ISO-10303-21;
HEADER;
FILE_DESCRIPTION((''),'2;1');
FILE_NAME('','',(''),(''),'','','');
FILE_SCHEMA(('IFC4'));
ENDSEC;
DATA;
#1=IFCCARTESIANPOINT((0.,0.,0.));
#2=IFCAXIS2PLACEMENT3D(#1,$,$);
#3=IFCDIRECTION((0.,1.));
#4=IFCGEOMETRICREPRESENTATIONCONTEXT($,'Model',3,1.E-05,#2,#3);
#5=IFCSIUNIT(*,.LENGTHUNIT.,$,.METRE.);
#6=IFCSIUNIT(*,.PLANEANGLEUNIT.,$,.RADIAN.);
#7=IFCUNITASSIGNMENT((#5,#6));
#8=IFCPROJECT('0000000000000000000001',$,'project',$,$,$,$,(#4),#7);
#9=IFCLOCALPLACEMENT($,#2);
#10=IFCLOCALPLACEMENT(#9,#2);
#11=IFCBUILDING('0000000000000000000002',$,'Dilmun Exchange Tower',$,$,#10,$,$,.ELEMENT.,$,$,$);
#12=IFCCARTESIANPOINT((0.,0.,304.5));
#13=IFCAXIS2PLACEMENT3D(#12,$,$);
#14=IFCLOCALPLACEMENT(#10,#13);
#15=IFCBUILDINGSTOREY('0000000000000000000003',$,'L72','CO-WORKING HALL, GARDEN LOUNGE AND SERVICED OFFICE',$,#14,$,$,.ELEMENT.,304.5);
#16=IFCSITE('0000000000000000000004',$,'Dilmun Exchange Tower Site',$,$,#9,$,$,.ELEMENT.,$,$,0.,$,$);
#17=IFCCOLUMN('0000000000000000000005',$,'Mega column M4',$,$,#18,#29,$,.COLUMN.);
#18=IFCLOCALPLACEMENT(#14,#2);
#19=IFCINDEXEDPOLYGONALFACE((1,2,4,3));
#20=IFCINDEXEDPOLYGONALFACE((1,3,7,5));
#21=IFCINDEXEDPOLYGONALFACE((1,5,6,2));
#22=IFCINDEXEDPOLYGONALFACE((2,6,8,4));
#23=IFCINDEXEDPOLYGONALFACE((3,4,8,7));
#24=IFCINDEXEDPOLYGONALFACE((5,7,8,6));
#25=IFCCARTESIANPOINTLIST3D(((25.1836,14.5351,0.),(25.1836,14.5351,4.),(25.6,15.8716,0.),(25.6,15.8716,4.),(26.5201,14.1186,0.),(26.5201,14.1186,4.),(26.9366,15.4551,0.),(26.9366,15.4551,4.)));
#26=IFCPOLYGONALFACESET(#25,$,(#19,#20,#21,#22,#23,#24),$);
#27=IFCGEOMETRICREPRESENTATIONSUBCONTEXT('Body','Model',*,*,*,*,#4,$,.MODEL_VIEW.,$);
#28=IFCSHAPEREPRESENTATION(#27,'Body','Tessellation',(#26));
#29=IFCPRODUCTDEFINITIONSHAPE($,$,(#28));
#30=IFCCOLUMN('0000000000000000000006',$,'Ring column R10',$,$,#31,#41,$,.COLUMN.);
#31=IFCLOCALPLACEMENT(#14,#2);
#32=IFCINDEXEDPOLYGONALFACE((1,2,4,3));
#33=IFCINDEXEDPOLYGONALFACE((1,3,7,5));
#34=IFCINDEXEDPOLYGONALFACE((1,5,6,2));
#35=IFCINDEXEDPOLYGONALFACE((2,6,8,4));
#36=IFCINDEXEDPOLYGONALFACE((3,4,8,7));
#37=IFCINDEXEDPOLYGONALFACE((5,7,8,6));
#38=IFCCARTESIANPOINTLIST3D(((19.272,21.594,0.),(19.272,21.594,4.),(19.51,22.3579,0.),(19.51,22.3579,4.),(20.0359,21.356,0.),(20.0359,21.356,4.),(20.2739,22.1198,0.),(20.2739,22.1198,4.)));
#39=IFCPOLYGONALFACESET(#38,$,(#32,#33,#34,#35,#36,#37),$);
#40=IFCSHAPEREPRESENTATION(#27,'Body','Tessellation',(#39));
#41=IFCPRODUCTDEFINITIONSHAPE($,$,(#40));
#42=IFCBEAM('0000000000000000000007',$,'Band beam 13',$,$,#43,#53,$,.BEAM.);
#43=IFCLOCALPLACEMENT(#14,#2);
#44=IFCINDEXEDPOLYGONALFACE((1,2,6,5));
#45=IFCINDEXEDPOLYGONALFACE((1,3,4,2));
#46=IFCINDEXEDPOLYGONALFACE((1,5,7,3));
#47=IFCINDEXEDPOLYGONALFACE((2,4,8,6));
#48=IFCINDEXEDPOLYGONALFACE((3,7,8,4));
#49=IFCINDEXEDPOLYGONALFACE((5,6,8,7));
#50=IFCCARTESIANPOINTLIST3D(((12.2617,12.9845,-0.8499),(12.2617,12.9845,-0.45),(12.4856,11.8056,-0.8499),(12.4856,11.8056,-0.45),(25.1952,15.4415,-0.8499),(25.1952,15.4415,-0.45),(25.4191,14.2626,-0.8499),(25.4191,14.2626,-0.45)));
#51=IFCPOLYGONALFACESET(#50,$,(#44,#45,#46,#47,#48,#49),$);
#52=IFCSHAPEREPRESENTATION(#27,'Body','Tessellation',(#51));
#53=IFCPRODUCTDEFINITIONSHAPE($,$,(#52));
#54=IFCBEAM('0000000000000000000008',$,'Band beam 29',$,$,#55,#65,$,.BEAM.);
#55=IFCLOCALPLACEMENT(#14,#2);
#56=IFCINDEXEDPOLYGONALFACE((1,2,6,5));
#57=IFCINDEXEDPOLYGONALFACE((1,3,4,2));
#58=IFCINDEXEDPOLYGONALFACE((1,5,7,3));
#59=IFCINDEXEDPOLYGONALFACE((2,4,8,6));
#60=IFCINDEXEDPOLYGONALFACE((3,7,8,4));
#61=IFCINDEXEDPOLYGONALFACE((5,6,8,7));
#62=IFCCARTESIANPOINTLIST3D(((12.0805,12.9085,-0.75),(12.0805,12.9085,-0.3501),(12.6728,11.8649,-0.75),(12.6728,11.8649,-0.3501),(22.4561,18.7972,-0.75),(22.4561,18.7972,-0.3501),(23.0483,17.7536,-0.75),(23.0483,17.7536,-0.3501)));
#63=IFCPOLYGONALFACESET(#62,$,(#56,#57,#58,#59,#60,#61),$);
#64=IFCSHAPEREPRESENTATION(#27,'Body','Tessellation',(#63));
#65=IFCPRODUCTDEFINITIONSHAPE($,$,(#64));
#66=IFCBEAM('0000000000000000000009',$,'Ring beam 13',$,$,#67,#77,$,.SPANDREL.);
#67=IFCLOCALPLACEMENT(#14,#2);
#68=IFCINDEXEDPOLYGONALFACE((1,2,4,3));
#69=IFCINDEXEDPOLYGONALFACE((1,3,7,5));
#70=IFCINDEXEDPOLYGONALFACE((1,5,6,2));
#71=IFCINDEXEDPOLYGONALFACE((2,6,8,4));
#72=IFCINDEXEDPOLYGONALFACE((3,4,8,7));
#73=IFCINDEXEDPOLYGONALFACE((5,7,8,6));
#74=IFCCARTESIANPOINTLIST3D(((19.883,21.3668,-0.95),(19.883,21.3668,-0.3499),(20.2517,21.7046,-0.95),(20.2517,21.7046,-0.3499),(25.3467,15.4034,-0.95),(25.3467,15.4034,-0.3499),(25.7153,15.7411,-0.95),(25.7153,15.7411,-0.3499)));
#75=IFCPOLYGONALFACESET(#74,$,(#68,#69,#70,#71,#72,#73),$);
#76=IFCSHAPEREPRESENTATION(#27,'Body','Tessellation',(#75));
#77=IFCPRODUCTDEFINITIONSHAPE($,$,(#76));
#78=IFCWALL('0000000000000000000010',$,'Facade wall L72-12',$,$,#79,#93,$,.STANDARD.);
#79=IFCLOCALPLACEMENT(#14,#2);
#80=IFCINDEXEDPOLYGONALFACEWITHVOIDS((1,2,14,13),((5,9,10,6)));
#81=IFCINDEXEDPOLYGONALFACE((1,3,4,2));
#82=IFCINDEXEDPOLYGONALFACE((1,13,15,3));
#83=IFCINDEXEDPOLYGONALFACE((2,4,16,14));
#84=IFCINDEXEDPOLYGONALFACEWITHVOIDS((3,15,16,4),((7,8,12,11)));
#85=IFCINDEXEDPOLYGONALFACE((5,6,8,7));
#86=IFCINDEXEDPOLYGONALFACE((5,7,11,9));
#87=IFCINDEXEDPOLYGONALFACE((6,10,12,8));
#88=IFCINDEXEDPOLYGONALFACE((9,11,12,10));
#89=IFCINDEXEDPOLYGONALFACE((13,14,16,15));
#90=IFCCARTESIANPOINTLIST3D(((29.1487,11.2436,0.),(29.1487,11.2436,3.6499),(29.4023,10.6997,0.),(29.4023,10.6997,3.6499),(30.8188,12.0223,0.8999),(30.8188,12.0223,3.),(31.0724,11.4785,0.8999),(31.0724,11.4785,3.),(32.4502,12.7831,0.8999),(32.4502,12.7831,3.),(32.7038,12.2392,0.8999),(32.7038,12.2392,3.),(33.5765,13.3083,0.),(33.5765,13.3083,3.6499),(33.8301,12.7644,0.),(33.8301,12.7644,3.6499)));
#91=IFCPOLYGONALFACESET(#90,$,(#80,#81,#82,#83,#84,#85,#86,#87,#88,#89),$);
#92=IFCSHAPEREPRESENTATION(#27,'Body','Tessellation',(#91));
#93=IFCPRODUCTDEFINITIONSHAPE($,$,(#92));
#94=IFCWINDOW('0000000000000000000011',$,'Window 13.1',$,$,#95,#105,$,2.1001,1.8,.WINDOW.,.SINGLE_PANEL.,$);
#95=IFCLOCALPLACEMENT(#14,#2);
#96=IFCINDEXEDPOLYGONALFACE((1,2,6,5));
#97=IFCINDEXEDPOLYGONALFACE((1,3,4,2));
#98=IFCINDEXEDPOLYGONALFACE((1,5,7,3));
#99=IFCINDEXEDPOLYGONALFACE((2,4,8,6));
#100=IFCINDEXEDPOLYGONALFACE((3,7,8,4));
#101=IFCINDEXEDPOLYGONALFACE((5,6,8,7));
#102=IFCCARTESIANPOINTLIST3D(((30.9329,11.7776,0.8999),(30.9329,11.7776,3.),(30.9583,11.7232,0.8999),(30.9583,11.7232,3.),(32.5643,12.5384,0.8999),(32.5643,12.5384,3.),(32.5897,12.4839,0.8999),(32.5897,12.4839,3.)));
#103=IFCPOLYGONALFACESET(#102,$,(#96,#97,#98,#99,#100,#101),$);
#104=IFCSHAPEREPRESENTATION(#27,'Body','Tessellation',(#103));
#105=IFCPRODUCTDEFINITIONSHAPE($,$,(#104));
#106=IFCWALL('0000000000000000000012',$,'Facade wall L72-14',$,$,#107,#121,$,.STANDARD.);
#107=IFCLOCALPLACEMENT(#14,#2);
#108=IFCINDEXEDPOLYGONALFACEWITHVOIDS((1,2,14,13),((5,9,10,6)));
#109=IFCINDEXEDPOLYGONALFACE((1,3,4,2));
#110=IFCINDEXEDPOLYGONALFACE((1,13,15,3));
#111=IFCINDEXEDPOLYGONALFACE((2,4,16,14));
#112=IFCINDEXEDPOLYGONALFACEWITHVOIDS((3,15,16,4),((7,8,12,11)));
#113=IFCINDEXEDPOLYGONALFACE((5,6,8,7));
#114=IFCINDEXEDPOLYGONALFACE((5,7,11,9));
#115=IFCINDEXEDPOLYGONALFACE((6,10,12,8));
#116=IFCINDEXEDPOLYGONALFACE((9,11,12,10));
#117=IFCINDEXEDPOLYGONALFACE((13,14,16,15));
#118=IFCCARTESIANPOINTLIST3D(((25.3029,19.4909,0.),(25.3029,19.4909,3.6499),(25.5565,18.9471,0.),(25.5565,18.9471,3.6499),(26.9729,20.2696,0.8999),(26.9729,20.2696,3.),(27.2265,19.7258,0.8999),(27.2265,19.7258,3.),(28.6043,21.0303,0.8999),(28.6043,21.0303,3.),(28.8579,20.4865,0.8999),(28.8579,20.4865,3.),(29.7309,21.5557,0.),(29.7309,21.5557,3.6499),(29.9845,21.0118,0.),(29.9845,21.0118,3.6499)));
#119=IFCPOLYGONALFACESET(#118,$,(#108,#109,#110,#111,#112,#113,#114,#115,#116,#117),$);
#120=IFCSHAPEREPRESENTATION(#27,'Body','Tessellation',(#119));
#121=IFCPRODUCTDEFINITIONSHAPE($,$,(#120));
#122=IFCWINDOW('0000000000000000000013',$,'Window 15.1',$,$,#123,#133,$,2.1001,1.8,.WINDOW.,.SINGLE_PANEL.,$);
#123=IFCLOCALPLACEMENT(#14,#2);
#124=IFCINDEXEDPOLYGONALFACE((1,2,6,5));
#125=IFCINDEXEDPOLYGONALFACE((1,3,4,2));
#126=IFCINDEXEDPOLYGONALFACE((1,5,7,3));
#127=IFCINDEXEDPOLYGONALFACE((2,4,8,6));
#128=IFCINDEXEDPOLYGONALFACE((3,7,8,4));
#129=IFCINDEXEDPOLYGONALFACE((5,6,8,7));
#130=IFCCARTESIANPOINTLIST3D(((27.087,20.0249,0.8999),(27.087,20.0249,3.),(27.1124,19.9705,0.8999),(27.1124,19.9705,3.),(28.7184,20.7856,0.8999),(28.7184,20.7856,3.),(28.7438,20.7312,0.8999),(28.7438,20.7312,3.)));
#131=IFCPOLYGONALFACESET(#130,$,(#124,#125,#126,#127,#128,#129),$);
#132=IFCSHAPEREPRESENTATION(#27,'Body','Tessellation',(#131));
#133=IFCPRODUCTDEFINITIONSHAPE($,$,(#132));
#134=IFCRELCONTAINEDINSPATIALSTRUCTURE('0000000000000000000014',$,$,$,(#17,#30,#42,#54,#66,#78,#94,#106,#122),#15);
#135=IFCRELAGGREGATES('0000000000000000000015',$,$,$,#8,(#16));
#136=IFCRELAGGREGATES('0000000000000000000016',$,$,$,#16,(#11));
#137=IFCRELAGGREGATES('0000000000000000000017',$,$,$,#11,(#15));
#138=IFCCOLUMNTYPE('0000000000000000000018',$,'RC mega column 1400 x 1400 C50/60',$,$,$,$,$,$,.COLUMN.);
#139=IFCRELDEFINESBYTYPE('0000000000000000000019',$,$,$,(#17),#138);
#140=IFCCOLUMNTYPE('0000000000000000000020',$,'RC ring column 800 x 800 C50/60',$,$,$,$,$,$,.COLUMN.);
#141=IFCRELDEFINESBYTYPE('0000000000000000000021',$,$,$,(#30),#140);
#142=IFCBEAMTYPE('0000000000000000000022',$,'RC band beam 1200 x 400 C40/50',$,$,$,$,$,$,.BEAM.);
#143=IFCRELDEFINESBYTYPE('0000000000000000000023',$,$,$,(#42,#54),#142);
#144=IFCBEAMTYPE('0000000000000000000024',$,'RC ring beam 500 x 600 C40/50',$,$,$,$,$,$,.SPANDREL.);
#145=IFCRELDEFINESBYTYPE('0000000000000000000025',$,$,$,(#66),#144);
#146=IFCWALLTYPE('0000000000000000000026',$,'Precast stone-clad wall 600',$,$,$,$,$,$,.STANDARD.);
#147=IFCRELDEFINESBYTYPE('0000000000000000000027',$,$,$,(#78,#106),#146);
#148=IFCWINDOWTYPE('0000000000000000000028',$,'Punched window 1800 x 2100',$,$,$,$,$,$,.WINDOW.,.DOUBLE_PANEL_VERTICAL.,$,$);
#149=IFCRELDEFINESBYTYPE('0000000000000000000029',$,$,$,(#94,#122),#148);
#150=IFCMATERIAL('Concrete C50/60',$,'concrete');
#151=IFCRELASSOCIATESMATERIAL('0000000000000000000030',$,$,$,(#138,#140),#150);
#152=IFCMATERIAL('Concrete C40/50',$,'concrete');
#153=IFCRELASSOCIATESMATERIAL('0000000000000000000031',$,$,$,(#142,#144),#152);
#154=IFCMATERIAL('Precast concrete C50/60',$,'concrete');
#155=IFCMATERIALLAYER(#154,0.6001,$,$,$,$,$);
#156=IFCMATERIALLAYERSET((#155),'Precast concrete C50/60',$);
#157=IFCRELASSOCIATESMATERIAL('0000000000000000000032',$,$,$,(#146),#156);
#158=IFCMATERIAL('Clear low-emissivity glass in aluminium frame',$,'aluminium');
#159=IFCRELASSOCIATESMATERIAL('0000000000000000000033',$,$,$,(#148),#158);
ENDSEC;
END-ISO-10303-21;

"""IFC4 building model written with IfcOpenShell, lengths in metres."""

from ifc_helpers import new_model, si_unit, direction, frame, frame_2d, origin, origin_2d, place, context, subcontext, project, spatial, rectangle, extrude, material, layer, layer_set, material_profile, profile_set, type_object, element, fill, save


model = new_model("IFC4")

# Units and contexts
model_context = context("Model", 3, precision=1e-05, world=origin(), true_north=direction((0.0, 1.0)))
body_context = subcontext(model_context, "Body", "Model", "MODEL_VIEW")
ifc_project = project(units=[si_unit("LENGTHUNIT", "METRE"), si_unit("PLANEANGLEUNIT", "RADIAN")], contexts=[model_context])

# Site, building, storey
site_placement = place(None, origin())
site = spatial("IfcSite", under=ifc_project, at=site_placement, Name="Dilmun Exchange Tower Site", CompositionType="ELEMENT", RefElevation=0.0)
building_placement = place(site_placement, origin())
building = spatial("IfcBuilding", under=site, at=building_placement, Name="Dilmun Exchange Tower", CompositionType="ELEMENT")
storey_placement = place(building_placement, frame((0.0, 0.0, 304.5)))
storey = spatial("IfcBuildingStorey", under=building, at=storey_placement, Name="L72", Description="CO-WORKING HALL, GARDEN LOUNGE AND SERVICED OFFICE", CompositionType="ELEMENT", Elevation=304.5)

# Columns
ifc_material_1 = material(Name="Concrete C50/60", Category="concrete")
ifc_material_profile_1 = material_profile(ifc_material_1, rectangle(XDim=1.3999, YDim=1.3999, at=origin_2d()), Name="1400 x 1400")
ifc_profile_set_1 = profile_set([ifc_material_profile_1], Name="Concrete C50/60")
column_type_1 = type_object("IfcColumnType", Name="RC mega column 1400 x 1400 C50/60", PredefinedType="COLUMN", material=ifc_profile_set_1)
column_1_placement = place(storey_placement, frame((26.0601, 14.9951, 0.0), z_axis=(0.0, 0.0, 1.0), x_axis=(0.297503, 0.954721, 0.0)))
element("IfcColumn", 1, at=column_1_placement, inside=storey, type_object=column_type_1, Name="Mega column M4", PredefinedType="COLUMN", context=body_context, shape_type="SweptSolid", body=[
    extrude(rectangle(XDim=1.3999, YDim=1.3999, at=origin_2d()), origin(), (0.0, 0.0, 1.0), 4.0),
])
ifc_material_profile_2 = material_profile(ifc_material_1, rectangle(XDim=0.8, YDim=0.8, at=origin_2d()), Name="800 x 800")
ifc_profile_set_2 = profile_set([ifc_material_profile_2], Name="Concrete C50/60")
column_type_2 = type_object("IfcColumnType", Name="RC ring column 800 x 800 C50/60", PredefinedType="COLUMN", material=ifc_profile_set_2)
column_2_placement = place(storey_placement, frame((19.7729, 21.8569, 0.0), z_axis=(0.0, 0.0, 1.0), x_axis=(0.297503, 0.954721, 0.0)))
element("IfcColumn", 2, at=column_2_placement, inside=storey, type_object=column_type_2, Name="Ring column R10", PredefinedType="COLUMN", context=body_context, shape_type="SweptSolid", body=[
    extrude(rectangle(XDim=0.8, YDim=0.8, at=origin_2d()), origin(), (0.0, 0.0, 1.0), 4.0),
])

# Beams
ifc_material_2 = material(Name="Concrete C40/50", Category="concrete")
ifc_material_profile_3 = material_profile(ifc_material_2, rectangle(XDim=1.2, YDim=0.3999, at=origin_2d()), Name="1200 x 400")
ifc_profile_set_3 = profile_set([ifc_material_profile_3], Name="Concrete C40/50")
beam_type_1 = type_object("IfcBeamType", Name="RC band beam 1200 x 400 C40/50", PredefinedType="BEAM", material=ifc_profile_set_3)
beam_1_placement = place(storey_placement, frame((25.3071, 14.8521, -0.6499), z_axis=(-0.982429, -0.186635, 0.0), x_axis=(0.186635, -0.982429, 0.0)))
element("IfcBeam", 3, at=beam_1_placement, inside=storey, type_object=beam_type_1, Name="Band beam 13", PredefinedType="BEAM", context=body_context, shape_type="SweptSolid", body=[
    extrude(rectangle(XDim=1.2, YDim=0.3999, at=origin_2d()), origin(), (0.0, 0.0, 1.0), 13.1648),
])
beam_2_placement = place(storey_placement, frame((22.7522, 18.2754, -0.55), z_axis=(-0.86969, -0.493598, 0.0), x_axis=(0.493598, -0.86969, 0.0)))
element("IfcBeam", 4, at=beam_2_placement, inside=storey, type_object=beam_type_1, Name="Band beam 29", PredefinedType="BEAM", context=body_context, shape_type="SweptSolid", body=[
    extrude(rectangle(XDim=1.2, YDim=0.3999, at=origin_2d()), origin(), (0.0, 0.0, 1.0), 11.9302),
])
ifc_material_profile_4 = material_profile(ifc_material_2, rectangle(XDim=0.5, YDim=0.6001, at=origin_2d()), Name="500 x 600")
ifc_profile_set_4 = profile_set([ifc_material_profile_4], Name="Concrete C40/50")
beam_type_2 = type_object("IfcBeamType", Name="RC ring beam 500 x 600 C40/50", PredefinedType="SPANDREL", material=ifc_profile_set_4)
beam_3_placement = place(storey_placement, frame((25.531, 15.5723, -0.6499), z_axis=(-0.675536, 0.737327, 0.0), x_axis=(-0.737327, -0.675536, 0.0)))
element("IfcBeam", 5, at=beam_3_placement, inside=storey, type_object=beam_type_2, Name="Ring beam 13", PredefinedType="SPANDREL", context=body_context, shape_type="SweptSolid", body=[
    extrude(rectangle(XDim=0.5, YDim=0.6001, at=origin_2d()), origin(), (0.0, 0.0, 1.0), 8.0879),
])

# Walls, openings, windows
ifc_material_3 = material(Name="Precast concrete C50/60", Category="concrete")
ifc_layer = layer(ifc_material_3, 0.6001)
ifc_layer_set = layer_set([ifc_layer], Name="Precast concrete C50/60")
wall_type = type_object("IfcWallType", Name="Precast stone-clad wall 600", PredefinedType="STANDARD", material=ifc_layer_set)
wall_1_placement = place(storey_placement, frame((33.7034, 13.0364, 0.0), z_axis=(0.0, 0.0, 1.0), x_axis=(-0.906307, -0.42262, 0.0)))
wall_1 = element("IfcWall", 6, at=wall_1_placement, inside=storey, type_object=wall_type, Name="Facade wall L72-12", PredefinedType="STANDARD", context=body_context, shape_type="SweptSolid", body=[
    extrude(rectangle(XDim=4.8855, YDim=0.6001, at=frame_2d((2.4429, 0.0))), origin(), (0.0, 0.0, 1.0), 3.6499),
])
opening_1_placement = place(wall_1_placement, frame((1.2429, 0.0, 0.8999)))
opening_1 = element("IfcOpeningElement", 7, at=opening_1_placement, cuts=wall_1, PredefinedType="OPENING", context=body_context, shape_type="SweptSolid", body=[
    extrude(rectangle(XDim=1.8, YDim=2.1001, at=frame_2d((0.8999, 1.05))), frame((0.0, 0.3101, 0.0), z_axis=(0.0, -1.0, 0.0), x_axis=(1.0, 0.0, 0.0)), (0.0, 0.0, 1.0), 0.6201),
])
ifc_material_4 = material(Name="Clear low-emissivity glass in aluminium frame", Category="aluminium")
window_type_1 = type_object("IfcWindowType", Name="Punched window 1800 x 2100", PartitioningType="DOUBLE_PANEL_VERTICAL", PredefinedType="WINDOW", material=ifc_material_4)
window_1_placement = place(opening_1_placement, origin())
window_1 = element("IfcWindow", 8, at=window_1_placement, inside=storey, type_object=window_type_1, Name="Window 13.1", OverallHeight=2.1001, OverallWidth=1.8, PartitioningType="SINGLE_PANEL", PredefinedType="WINDOW", context=body_context, shape_type="SweptSolid", body=[
    extrude(rectangle(XDim=1.8, YDim=2.1001, at=frame_2d((0.8999, 1.05))), frame((0.0, 0.03, 0.0), z_axis=(0.0, -1.0, 0.0), x_axis=(1.0, 0.0, 0.0)), (0.0, 0.0, 1.0), 0.0601),
])
fill(opening_1, window_1)
wall_2_placement = place(storey_placement, frame((25.4297, 19.219, 0.0), z_axis=(0.0, 0.0, 1.0), x_axis=(0.906316, 0.422601, 0.0)))
wall_2 = element("IfcWall", 9, at=wall_2_placement, inside=storey, type_object=wall_type, Name="Facade wall L72-14", PredefinedType="STANDARD", context=body_context, shape_type="SweptSolid", body=[
    extrude(rectangle(XDim=4.8857, YDim=0.6001, at=frame_2d((2.4429, 0.0))), origin(), (0.0, 0.0, 1.0), 3.6499),
])
opening_2_placement = place(wall_2_placement, frame((1.8428, 0.0, 0.8999)))
opening_2 = element("IfcOpeningElement", 10, at=opening_2_placement, cuts=wall_2, PredefinedType="OPENING", context=body_context, shape_type="SweptSolid", body=[
    extrude(rectangle(XDim=1.8, YDim=2.1001, at=frame_2d((0.8999, 1.05))), frame((0.0, 0.3101, 0.0), z_axis=(0.0, -1.0, 0.0), x_axis=(1.0, 0.0, 0.0)), (0.0, 0.0, 1.0), 0.6201),
])
window_2_placement = place(opening_2_placement, origin())
window_2 = element("IfcWindow", 11, at=window_2_placement, inside=storey, type_object=window_type_1, Name="Window 15.1", OverallHeight=2.1001, OverallWidth=1.8, PartitioningType="SINGLE_PANEL", PredefinedType="WINDOW", context=body_context, shape_type="SweptSolid", body=[
    extrude(rectangle(XDim=1.8, YDim=2.1001, at=frame_2d((0.8999, 1.05))), frame((0.0, 0.03, 0.0), z_axis=(0.0, -1.0, 0.0), x_axis=(1.0, 0.0, 0.0)), (0.0, 0.0, 1.0), 0.0601),
])
fill(opening_2, window_2)

save(model, "model.ifc")
